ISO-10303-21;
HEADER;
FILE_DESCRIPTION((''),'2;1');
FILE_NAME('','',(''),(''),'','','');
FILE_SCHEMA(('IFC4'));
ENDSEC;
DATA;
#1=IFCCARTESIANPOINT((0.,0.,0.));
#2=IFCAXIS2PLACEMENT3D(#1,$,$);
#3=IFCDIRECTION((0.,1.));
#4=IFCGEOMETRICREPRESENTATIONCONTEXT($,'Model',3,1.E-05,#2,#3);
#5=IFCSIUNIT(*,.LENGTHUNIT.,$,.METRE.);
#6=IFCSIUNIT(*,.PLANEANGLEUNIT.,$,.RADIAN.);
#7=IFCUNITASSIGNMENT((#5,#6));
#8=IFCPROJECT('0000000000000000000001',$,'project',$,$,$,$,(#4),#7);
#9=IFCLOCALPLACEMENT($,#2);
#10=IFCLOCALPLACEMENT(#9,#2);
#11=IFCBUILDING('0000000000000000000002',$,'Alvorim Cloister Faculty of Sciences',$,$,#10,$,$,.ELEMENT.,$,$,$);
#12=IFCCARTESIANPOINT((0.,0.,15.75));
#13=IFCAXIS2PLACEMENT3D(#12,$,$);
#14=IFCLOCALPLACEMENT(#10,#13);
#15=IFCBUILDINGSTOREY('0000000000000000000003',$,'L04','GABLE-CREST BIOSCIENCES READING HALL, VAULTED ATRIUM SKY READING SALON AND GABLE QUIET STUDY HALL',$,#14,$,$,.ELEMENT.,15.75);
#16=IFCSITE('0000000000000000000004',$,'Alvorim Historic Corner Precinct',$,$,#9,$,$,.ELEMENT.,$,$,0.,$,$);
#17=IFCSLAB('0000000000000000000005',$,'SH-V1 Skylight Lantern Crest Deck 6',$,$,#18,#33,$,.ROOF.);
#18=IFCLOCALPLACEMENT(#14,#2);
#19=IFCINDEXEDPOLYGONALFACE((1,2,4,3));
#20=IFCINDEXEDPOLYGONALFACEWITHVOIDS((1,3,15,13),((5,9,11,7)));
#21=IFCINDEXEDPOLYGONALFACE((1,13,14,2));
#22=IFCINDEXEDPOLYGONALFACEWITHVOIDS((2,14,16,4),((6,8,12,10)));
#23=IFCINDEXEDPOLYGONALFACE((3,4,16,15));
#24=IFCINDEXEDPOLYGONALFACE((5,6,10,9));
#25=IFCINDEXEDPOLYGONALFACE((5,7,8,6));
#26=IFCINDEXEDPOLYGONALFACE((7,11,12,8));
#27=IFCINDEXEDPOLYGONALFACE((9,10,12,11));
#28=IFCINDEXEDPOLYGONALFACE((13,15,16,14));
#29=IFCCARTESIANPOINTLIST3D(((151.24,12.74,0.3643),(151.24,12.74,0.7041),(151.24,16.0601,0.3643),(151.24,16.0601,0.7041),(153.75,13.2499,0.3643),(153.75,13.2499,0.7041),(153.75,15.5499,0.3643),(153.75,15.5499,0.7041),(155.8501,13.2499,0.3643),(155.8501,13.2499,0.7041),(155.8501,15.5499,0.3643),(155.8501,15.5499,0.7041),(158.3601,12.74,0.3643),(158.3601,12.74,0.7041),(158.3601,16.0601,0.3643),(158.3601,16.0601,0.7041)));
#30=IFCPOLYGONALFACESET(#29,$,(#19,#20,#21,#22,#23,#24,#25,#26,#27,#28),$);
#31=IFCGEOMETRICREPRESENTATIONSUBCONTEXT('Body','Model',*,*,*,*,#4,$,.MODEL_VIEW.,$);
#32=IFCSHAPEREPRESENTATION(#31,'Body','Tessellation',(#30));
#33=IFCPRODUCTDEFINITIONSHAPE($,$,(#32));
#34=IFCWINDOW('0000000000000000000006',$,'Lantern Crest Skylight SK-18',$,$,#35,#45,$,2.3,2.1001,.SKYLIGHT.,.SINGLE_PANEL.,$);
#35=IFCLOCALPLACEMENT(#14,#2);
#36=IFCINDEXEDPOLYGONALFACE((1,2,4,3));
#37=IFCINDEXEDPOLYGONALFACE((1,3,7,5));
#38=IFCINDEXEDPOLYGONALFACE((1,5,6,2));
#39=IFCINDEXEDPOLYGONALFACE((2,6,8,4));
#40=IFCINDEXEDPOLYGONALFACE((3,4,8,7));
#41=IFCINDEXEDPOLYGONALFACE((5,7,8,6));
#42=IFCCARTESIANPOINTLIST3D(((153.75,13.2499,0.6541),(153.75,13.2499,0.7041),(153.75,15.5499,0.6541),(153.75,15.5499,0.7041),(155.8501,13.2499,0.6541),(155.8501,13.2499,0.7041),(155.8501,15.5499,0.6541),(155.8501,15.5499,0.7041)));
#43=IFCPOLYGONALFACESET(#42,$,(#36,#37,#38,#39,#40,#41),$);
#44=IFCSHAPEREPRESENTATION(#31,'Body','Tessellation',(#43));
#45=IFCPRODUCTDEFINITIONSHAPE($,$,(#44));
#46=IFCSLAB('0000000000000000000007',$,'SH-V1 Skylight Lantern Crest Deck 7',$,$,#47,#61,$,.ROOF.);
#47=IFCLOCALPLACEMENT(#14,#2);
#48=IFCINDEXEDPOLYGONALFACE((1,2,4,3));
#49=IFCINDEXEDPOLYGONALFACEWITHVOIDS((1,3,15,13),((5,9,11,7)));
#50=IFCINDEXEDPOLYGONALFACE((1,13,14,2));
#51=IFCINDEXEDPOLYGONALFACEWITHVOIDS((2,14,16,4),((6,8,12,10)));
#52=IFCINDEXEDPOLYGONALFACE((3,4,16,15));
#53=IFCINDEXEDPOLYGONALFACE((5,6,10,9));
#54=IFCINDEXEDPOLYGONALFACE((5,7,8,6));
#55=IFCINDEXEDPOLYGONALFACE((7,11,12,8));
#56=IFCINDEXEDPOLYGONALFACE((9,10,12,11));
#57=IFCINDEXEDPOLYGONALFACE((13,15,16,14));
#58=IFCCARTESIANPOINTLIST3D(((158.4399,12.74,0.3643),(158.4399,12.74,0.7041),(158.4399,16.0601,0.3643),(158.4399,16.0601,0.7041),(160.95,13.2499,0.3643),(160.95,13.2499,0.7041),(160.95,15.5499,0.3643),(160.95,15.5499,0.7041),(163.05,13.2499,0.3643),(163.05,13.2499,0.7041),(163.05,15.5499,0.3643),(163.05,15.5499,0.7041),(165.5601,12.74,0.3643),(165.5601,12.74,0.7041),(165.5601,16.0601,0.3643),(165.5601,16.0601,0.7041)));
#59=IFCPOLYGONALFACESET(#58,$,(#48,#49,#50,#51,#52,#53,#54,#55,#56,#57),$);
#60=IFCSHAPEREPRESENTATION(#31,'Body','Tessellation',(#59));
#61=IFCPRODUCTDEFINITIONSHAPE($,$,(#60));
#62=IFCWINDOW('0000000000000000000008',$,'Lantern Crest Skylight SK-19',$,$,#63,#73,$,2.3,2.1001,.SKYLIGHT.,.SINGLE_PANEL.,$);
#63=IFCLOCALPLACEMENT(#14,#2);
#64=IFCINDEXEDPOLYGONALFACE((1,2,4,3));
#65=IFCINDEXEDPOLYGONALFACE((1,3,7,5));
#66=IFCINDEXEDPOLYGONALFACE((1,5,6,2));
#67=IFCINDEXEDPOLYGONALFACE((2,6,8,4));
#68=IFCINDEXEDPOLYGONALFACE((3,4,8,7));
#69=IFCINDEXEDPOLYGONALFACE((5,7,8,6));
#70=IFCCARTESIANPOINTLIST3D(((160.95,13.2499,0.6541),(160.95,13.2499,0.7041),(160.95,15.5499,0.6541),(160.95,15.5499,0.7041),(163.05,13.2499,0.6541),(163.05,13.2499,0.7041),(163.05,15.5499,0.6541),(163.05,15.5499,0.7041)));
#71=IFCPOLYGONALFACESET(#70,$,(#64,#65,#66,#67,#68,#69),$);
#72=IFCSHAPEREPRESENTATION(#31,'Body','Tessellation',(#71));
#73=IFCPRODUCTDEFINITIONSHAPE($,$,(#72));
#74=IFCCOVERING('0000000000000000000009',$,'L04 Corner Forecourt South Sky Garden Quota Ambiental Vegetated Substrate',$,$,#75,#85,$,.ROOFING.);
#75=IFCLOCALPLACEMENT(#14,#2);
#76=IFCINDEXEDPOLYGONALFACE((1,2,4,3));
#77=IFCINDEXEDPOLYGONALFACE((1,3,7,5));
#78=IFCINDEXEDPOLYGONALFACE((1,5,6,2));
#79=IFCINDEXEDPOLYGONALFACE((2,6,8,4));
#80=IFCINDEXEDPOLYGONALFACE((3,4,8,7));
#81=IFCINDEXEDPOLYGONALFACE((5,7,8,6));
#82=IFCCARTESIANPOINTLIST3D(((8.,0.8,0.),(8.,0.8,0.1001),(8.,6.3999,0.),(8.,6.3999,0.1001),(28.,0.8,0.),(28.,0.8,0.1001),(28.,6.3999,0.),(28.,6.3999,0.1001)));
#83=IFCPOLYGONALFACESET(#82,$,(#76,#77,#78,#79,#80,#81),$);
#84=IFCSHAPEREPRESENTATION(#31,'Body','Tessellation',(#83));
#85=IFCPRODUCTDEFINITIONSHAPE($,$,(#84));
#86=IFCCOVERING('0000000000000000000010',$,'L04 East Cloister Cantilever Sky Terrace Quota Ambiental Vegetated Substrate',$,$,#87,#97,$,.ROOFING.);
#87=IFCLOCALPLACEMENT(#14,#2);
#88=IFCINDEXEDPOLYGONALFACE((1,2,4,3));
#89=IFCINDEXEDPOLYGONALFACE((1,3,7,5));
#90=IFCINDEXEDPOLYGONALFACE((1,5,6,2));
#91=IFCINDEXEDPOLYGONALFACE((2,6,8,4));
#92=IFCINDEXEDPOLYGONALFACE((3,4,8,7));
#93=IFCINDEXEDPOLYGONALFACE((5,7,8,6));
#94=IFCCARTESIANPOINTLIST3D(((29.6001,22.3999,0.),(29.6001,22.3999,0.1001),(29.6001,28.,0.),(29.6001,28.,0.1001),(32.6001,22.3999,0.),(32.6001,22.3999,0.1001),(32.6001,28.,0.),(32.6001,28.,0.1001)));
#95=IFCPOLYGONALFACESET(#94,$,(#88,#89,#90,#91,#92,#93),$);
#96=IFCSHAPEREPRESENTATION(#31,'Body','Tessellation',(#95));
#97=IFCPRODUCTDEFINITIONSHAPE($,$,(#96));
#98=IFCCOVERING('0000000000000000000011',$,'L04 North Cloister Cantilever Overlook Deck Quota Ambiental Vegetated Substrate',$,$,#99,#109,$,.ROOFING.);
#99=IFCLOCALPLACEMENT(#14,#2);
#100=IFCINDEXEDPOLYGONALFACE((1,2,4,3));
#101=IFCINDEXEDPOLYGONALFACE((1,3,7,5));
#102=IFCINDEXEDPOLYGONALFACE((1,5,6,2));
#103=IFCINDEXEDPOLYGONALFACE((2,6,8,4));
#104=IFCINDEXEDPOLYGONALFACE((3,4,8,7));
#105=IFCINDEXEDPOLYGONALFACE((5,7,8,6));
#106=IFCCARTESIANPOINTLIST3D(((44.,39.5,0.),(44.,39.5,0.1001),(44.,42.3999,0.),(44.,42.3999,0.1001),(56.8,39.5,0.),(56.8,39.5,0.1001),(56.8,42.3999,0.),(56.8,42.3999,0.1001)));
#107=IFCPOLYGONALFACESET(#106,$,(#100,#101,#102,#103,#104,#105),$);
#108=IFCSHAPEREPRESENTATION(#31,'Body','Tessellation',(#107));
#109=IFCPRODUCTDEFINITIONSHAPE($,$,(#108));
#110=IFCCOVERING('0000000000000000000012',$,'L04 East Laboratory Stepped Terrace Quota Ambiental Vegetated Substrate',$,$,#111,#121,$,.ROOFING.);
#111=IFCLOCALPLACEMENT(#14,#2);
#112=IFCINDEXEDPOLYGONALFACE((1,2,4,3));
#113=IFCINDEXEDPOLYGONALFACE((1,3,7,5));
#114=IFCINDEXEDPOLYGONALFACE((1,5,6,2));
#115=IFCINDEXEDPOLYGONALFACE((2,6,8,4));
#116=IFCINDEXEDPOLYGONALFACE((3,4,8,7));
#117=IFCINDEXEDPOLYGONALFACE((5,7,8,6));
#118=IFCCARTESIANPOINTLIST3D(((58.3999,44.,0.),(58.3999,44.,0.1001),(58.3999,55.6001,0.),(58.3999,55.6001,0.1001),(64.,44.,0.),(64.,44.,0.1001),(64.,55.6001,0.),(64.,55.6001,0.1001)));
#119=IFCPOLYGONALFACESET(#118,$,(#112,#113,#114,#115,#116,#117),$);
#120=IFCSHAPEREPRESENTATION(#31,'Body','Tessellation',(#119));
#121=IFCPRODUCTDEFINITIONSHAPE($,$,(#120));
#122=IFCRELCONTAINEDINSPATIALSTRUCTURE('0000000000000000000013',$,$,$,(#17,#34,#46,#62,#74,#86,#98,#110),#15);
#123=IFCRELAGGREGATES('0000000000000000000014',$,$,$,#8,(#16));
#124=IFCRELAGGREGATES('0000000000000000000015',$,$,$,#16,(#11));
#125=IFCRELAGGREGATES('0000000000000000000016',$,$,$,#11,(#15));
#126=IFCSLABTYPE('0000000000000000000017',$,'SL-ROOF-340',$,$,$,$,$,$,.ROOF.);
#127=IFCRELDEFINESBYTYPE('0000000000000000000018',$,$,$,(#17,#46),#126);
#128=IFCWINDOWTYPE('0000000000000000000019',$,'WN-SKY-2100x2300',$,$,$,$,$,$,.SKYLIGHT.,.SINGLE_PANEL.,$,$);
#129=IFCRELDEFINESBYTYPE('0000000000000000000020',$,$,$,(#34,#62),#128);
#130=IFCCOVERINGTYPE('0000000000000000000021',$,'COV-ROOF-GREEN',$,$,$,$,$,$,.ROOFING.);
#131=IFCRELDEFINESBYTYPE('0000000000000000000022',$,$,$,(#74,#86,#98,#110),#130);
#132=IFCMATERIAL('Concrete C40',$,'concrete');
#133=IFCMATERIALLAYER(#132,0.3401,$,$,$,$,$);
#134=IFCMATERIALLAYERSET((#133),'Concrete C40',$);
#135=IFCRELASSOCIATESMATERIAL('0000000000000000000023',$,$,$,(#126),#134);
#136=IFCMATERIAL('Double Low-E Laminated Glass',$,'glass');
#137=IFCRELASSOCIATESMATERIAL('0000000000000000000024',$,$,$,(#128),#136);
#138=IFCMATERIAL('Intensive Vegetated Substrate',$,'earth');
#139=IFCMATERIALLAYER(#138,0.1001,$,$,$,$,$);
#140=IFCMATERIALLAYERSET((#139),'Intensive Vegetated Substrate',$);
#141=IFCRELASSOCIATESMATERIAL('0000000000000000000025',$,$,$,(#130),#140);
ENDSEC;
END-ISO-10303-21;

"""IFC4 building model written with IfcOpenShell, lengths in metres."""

from ifc_helpers import new_model, si_unit, direction, frame, origin, origin_2d, place, context, subcontext, project, spatial, polyline, rectangle, outline, extrude, material, layer, layer_set, type_object, element, fill, save


model = new_model("IFC4")

# Units and contexts
model_context = context("Model", 3, precision=1e-05, world=origin(), true_north=direction((0.0, 1.0)))
body_context = subcontext(model_context, "Body", "Model", "MODEL_VIEW")
ifc_project = project(units=[si_unit("LENGTHUNIT", "METRE"), si_unit("PLANEANGLEUNIT", "RADIAN")], contexts=[model_context])

# Site, building, storey
site_placement = place(None, origin())
site = spatial("IfcSite", under=ifc_project, at=site_placement, Name="Alvorim Historic Corner Precinct", CompositionType="ELEMENT", RefElevation=0.0)
building_placement = place(site_placement, origin())
building = spatial("IfcBuilding", under=site, at=building_placement, Name="Alvorim Cloister Faculty of Sciences", CompositionType="ELEMENT")
storey_placement = place(building_placement, frame((0.0, 0.0, 15.75)))
storey = spatial("IfcBuildingStorey", under=building, at=storey_placement, Name="L04", Description="GABLE-CREST BIOSCIENCES READING HALL, VAULTED ATRIUM SKY READING SALON AND GABLE QUIET STUDY HALL", CompositionType="ELEMENT", Elevation=15.75)

# Slabs, openings, windows
ifc_material_1 = material(Name="Concrete C40", Category="concrete")
ifc_layer_1 = layer(ifc_material_1, 0.3401)
ifc_layer_set_1 = layer_set([ifc_layer_1], Name="Concrete C40")
slab_type = type_object("IfcSlabType", Name="SL-ROOF-340", PredefinedType="ROOF", material=ifc_layer_set_1)
ifc_material_2 = material(Name="Double Low-E Laminated Glass", Category="glass")
window_type = type_object("IfcWindowType", Name="WN-SKY-2100x2300", PartitioningType="SINGLE_PANEL", PredefinedType="SKYLIGHT", material=ifc_material_2)
slab_1_placement = place(storey_placement, frame((0.0, 0.0, 0.3643)))
slab_1 = element("IfcSlab", 1, at=slab_1_placement, inside=storey, type_object=slab_type, Name="SH-V1 Skylight Lantern Crest Deck 6", PredefinedType="ROOF", context=body_context, shape_type="SweptSolid", body=[
    extrude(outline(polyline([(151.24, 12.74), (158.3601, 12.74), (158.3601, 16.0601), (151.24, 16.0601), (151.24, 12.74)])), origin(), (0.0, 0.0, 1.0), 0.3398),
])
opening_1_placement = place(slab_1_placement, frame((154.8, 14.3999, -0.012)))
opening_1 = element("IfcOpeningElement", 2, at=opening_1_placement, cuts=slab_1, PredefinedType="OPENING", context=body_context, shape_type="SweptSolid", body=[
    extrude(rectangle(XDim=2.1001, YDim=2.3, at=origin_2d()), origin(), (0.0, 0.0, 1.0), 0.3638),
])
window_1_placement = place(slab_1_placement, frame((154.8, 14.3999, 0.2898)))
window_1 = element("IfcWindow", 3, at=window_1_placement, inside=storey, type_object=window_type, Name="Lantern Crest Skylight SK-18", OverallHeight=2.3, OverallWidth=2.1001, PartitioningType="SINGLE_PANEL", PredefinedType="SKYLIGHT", context=body_context, shape_type="SweptSolid", body=[
    extrude(rectangle(XDim=2.1001, YDim=2.3, at=origin_2d()), origin(), (0.0, 0.0, 1.0), 0.05),
])
fill(opening_1, window_1)
slab_2_placement = place(storey_placement, frame((0.0, 0.0, 0.3643)))
slab_2 = element("IfcSlab", 4, at=slab_2_placement, inside=storey, type_object=slab_type, Name="SH-V1 Skylight Lantern Crest Deck 7", PredefinedType="ROOF", context=body_context, shape_type="SweptSolid", body=[
    extrude(outline(polyline([(158.4399, 12.74), (165.5601, 12.74), (165.5601, 16.0601), (158.4399, 16.0601), (158.4399, 12.74)])), origin(), (0.0, 0.0, 1.0), 0.3398),
])
opening_2_placement = place(slab_2_placement, frame((162.0, 14.3999, -0.012)))
opening_2 = element("IfcOpeningElement", 5, at=opening_2_placement, cuts=slab_2, PredefinedType="OPENING", context=body_context, shape_type="SweptSolid", body=[
    extrude(rectangle(XDim=2.1001, YDim=2.3, at=origin_2d()), origin(), (0.0, 0.0, 1.0), 0.3638),
])
window_2_placement = place(slab_2_placement, frame((162.0, 14.3999, 0.2898)))
window_2 = element("IfcWindow", 6, at=window_2_placement, inside=storey, type_object=window_type, Name="Lantern Crest Skylight SK-19", OverallHeight=2.3, OverallWidth=2.1001, PartitioningType="SINGLE_PANEL", PredefinedType="SKYLIGHT", context=body_context, shape_type="SweptSolid", body=[
    extrude(rectangle(XDim=2.1001, YDim=2.3, at=origin_2d()), origin(), (0.0, 0.0, 1.0), 0.05),
])
fill(opening_2, window_2)

# Coverings
ifc_material_3 = material(Name="Intensive Vegetated Substrate", Category="earth")
ifc_layer_2 = layer(ifc_material_3, 0.1001)
ifc_layer_set_2 = layer_set([ifc_layer_2], Name="Intensive Vegetated Substrate")
covering_type = type_object("IfcCoveringType", Name="COV-ROOF-GREEN", PredefinedType="ROOFING", material=ifc_layer_set_2)
covering_1_placement = place(storey_placement, origin())
element("IfcCovering", 7, at=covering_1_placement, inside=storey, type_object=covering_type, Name="L04 Corner Forecourt South Sky Garden Quota Ambiental Vegetated Substrate", PredefinedType="ROOFING", context=body_context, shape_type="SweptSolid", body=[
    extrude(outline(polyline([(8.0, 0.8), (28.0, 0.8), (28.0, 6.3999), (8.0, 6.3999), (8.0, 0.8)])), origin(), (0.0, 0.0, 1.0), 0.1001),
])
covering_2_placement = place(storey_placement, origin())
element("IfcCovering", 8, at=covering_2_placement, inside=storey, type_object=covering_type, Name="L04 East Cloister Cantilever Sky Terrace Quota Ambiental Vegetated Substrate", PredefinedType="ROOFING", context=body_context, shape_type="SweptSolid", body=[
    extrude(outline(polyline([(29.6001, 22.3999), (32.6001, 22.3999), (32.6001, 28.0), (29.6001, 28.0), (29.6001, 22.3999)])), origin(), (0.0, 0.0, 1.0), 0.1001),
])
covering_3_placement = place(storey_placement, origin())
element("IfcCovering", 9, at=covering_3_placement, inside=storey, type_object=covering_type, Name="L04 North Cloister Cantilever Overlook Deck Quota Ambiental Vegetated Substrate", PredefinedType="ROOFING", context=body_context, shape_type="SweptSolid", body=[
    extrude(outline(polyline([(44.0, 39.5), (56.8, 39.5), (56.8, 42.3999), (44.0, 42.3999), (44.0, 39.5)])), origin(), (0.0, 0.0, 1.0), 0.1001),
])
covering_4_placement = place(storey_placement, origin())
element("IfcCovering", 10, at=covering_4_placement, inside=storey, type_object=covering_type, Name="L04 East Laboratory Stepped Terrace Quota Ambiental Vegetated Substrate", PredefinedType="ROOFING", context=body_context, shape_type="SweptSolid", body=[
    extrude(outline(polyline([(58.3999, 44.0), (64.0, 44.0), (64.0, 55.6001), (58.3999, 55.6001), (58.3999, 44.0)])), origin(), (0.0, 0.0, 1.0), 0.1001),
])

save(model, "model.ifc")
